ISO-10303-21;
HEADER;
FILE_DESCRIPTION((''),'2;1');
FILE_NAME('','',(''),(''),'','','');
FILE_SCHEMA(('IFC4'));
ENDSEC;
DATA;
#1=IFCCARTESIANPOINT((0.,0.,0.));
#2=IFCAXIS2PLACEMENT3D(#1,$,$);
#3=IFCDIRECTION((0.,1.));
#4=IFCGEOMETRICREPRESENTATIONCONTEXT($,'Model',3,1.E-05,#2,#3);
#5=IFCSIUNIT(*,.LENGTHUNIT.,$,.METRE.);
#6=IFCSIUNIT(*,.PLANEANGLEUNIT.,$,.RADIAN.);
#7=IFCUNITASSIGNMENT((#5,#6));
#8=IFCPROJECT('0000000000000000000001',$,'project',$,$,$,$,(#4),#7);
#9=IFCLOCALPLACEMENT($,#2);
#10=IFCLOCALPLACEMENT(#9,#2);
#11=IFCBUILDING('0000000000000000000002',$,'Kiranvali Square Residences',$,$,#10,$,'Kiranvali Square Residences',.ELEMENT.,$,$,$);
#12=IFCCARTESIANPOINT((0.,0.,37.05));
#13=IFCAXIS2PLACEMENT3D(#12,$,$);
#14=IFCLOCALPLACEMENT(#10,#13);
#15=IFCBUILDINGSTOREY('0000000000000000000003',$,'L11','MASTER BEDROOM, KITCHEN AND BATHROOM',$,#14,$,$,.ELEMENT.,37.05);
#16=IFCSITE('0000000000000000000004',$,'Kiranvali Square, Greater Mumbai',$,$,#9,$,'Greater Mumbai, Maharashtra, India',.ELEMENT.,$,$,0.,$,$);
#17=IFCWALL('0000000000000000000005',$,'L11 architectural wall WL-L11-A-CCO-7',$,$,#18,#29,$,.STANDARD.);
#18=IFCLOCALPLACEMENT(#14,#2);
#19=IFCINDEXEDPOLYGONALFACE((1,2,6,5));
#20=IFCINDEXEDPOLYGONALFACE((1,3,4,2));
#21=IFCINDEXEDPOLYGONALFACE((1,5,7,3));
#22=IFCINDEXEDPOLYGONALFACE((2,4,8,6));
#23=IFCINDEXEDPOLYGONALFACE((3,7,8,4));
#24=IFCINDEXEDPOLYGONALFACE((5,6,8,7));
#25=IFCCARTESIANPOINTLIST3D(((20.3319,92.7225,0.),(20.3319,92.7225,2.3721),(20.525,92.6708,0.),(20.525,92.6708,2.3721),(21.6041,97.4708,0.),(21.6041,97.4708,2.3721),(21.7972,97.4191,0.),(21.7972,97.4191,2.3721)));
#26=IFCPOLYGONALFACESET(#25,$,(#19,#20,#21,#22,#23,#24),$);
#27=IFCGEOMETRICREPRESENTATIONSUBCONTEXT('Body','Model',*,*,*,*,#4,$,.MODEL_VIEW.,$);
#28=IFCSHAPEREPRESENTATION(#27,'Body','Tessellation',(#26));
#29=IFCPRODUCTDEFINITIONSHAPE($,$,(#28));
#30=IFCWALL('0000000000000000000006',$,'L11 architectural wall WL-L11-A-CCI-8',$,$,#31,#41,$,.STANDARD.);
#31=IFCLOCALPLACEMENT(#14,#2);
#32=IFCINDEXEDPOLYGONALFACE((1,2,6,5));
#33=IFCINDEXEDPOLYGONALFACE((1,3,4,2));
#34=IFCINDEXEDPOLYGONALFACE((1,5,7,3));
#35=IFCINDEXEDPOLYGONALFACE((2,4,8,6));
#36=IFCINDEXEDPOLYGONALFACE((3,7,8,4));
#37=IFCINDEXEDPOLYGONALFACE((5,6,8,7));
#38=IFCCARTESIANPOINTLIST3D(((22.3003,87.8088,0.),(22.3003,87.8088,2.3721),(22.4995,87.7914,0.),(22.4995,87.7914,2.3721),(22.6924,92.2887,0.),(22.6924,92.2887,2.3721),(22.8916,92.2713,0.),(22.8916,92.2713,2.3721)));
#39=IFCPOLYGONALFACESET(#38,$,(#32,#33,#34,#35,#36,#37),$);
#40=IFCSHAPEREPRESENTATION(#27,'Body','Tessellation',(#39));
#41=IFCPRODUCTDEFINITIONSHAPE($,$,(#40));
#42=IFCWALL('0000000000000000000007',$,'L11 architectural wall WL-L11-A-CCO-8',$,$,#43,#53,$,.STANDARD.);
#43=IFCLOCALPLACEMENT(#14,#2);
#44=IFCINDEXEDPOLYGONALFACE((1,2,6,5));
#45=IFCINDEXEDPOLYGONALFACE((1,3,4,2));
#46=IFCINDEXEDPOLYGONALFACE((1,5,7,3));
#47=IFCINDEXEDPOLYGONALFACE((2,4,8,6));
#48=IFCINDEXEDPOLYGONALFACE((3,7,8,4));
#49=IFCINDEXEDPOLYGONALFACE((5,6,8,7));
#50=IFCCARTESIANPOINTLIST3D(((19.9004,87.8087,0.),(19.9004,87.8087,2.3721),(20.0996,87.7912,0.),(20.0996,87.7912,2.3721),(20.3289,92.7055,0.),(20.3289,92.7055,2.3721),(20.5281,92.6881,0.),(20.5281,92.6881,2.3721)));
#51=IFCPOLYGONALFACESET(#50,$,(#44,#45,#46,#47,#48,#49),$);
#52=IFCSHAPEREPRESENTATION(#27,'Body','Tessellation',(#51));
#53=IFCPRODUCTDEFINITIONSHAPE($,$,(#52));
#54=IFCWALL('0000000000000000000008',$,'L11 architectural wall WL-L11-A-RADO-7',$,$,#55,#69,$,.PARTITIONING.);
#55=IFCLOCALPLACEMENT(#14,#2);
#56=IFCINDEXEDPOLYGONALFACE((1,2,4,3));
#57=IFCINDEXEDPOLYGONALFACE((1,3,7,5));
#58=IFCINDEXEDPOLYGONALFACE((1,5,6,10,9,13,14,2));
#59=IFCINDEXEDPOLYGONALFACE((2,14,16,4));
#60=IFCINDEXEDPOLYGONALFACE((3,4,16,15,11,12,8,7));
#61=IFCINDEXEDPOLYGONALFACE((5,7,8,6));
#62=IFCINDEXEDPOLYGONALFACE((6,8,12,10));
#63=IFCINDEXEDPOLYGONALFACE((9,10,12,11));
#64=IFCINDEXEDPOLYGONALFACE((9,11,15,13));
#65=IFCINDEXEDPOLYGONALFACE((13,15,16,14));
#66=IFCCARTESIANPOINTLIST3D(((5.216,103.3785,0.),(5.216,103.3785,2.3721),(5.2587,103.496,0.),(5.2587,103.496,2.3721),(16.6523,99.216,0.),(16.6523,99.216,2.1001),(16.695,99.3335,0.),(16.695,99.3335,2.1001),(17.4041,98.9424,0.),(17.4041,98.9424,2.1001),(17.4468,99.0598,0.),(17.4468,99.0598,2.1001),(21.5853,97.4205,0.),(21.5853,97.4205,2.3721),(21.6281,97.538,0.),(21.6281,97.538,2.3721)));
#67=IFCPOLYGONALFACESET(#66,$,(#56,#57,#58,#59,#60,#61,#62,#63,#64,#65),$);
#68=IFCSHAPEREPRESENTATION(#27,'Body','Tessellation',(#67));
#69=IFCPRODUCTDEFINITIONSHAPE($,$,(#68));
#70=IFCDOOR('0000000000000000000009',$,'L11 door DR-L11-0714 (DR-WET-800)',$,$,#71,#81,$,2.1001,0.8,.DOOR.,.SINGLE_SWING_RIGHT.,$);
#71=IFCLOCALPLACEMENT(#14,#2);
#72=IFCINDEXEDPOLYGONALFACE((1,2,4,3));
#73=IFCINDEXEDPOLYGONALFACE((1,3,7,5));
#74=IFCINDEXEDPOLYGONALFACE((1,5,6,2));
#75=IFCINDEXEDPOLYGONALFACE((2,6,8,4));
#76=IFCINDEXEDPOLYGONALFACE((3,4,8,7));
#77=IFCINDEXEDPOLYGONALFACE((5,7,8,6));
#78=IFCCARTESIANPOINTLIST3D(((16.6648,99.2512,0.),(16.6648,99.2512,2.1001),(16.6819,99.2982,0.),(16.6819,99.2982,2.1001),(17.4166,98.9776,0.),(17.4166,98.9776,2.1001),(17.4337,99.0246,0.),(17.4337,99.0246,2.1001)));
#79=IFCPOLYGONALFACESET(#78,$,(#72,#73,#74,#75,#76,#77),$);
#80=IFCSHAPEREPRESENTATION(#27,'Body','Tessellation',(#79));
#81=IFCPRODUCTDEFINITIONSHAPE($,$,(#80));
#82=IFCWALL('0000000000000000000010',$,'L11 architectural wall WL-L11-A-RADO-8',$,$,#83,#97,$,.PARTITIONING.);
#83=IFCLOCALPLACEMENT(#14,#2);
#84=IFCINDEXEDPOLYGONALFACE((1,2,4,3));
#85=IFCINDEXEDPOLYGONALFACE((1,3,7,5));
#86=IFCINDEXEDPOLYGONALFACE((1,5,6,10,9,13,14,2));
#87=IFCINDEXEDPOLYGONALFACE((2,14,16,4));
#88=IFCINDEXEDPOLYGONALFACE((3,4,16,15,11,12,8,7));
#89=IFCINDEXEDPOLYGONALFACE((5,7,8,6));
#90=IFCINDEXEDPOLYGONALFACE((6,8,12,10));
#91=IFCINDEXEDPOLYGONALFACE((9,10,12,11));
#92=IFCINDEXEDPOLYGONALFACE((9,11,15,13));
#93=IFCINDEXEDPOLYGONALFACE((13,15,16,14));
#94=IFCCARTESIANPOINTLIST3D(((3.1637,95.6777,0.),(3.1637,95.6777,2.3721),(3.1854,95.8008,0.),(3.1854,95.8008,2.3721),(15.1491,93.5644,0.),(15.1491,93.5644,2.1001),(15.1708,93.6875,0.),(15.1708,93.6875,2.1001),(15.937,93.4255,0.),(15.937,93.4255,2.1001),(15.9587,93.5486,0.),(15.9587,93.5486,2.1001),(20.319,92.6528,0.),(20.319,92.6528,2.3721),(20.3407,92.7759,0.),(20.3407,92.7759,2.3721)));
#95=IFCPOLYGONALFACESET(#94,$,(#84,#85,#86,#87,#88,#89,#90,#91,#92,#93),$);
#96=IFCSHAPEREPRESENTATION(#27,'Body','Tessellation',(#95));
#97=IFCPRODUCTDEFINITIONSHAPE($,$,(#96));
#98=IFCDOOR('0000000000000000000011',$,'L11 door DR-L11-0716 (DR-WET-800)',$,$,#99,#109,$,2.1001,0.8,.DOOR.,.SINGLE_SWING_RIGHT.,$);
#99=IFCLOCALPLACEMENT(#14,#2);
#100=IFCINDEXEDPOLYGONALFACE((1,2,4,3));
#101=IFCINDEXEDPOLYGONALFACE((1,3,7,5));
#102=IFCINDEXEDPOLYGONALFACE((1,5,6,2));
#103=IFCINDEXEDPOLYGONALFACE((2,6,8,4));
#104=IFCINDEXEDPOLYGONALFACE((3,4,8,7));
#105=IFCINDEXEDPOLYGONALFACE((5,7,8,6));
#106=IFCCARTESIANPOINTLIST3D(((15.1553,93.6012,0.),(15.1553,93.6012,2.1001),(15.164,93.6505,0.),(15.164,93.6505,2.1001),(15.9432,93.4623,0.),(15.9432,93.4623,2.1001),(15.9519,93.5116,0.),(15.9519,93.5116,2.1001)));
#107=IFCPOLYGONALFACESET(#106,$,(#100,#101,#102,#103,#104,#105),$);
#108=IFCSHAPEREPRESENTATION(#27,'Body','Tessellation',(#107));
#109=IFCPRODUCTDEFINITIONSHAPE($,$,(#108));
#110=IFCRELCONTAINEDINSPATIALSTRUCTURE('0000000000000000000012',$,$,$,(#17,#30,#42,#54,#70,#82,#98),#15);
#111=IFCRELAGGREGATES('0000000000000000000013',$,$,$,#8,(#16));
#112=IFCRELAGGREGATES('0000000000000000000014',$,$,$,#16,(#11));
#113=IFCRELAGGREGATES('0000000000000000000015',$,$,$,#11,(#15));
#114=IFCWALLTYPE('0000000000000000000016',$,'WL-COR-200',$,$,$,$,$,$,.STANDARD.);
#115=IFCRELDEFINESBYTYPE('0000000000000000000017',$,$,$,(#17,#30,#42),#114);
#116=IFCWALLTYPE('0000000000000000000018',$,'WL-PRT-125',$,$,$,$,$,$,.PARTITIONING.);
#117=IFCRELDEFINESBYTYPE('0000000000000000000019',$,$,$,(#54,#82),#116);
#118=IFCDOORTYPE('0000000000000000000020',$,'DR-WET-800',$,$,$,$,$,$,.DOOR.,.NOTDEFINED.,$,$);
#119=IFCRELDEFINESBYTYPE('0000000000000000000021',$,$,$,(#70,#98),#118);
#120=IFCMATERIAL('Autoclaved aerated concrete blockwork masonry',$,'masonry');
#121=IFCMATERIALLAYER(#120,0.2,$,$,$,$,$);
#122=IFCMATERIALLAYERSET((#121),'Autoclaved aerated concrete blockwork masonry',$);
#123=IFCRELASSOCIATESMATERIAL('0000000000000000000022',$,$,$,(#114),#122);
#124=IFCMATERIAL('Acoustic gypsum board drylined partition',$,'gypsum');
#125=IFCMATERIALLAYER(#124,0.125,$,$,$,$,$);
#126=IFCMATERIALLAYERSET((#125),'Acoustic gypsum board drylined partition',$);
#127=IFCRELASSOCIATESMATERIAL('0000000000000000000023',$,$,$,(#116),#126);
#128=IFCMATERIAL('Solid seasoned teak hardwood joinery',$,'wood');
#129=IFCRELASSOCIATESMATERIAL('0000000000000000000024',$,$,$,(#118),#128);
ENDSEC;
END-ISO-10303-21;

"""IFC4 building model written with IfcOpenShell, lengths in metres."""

from ifc_helpers import new_model, si_unit, direction, frame, frame_2d, origin, place, context, subcontext, project, spatial, rectangle, extrude, material, layer, layer_set, type_object, element, fill, save


model = new_model("IFC4")

# Units and contexts
model_context = context("Model", 3, precision=1e-05, world=origin(), true_north=direction((0.0, 1.0)))
body_context = subcontext(model_context, "Body", "Model", "MODEL_VIEW")
ifc_project = project(units=[si_unit("LENGTHUNIT", "METRE"), si_unit("PLANEANGLEUNIT", "RADIAN")], contexts=[model_context])

# Site, building, storey
site_placement = place(None, origin())
site = spatial("IfcSite", under=ifc_project, at=site_placement, Name="Kiranvali Square, Greater Mumbai", LongName="Greater Mumbai, Maharashtra, India", CompositionType="ELEMENT", RefElevation=0.0)
building_placement = place(site_placement, origin())
building = spatial("IfcBuilding", under=site, at=building_placement, Name="Kiranvali Square Residences", LongName="Kiranvali Square Residences", CompositionType="ELEMENT")
storey_placement = place(building_placement, frame((0.0, 0.0, 37.05)))
storey = spatial("IfcBuildingStorey", under=building, at=storey_placement, Name="L11", Description="MASTER BEDROOM, KITCHEN AND BATHROOM", CompositionType="ELEMENT", Elevation=37.05)

# Walls
ifc_material_1 = material(Name="Autoclaved aerated concrete blockwork masonry", Category="masonry")
ifc_layer_1 = layer(ifc_material_1, 0.2)
ifc_layer_set_1 = layer_set([ifc_layer_1], Name="Autoclaved aerated concrete blockwork masonry")
wall_type_1 = type_object("IfcWallType", Name="WL-COR-200", PredefinedType="STANDARD", material=ifc_layer_set_1)
wall_1_placement = place(storey_placement, frame((21.7007, 97.4451, 0.0), z_axis=(0.0, 0.0, 1.0), x_axis=(-0.258803, -0.96593, 0.0)))
element("IfcWall", 1, at=wall_1_placement, inside=storey, type_object=wall_type_1, Name="L11 architectural wall WL-L11-A-CCO-7", PredefinedType="STANDARD", context=body_context, shape_type="SweptSolid", body=[
    extrude(rectangle(XDim=4.9158, YDim=0.2, at=frame_2d((2.458, 0.0))), origin(), (0.0, 0.0, 1.0), 2.3721),
])
wall_2_placement = place(storey_placement, frame((22.792, 92.28, 0.0), z_axis=(0.0, 0.0, 1.0), x_axis=(-0.087187, -0.996192, 0.0)))
element("IfcWall", 2, at=wall_2_placement, inside=storey, type_object=wall_type_1, Name="L11 architectural wall WL-L11-A-CCI-8", PredefinedType="STANDARD", context=body_context, shape_type="SweptSolid", body=[
    extrude(rectangle(XDim=4.4971, YDim=0.2, at=frame_2d((2.2485, 0.0))), origin(), (0.0, 0.0, 1.0), 2.3721),
])
wall_3_placement = place(storey_placement, frame((20.4285, 92.6968, 0.0), z_axis=(0.0, 0.0, 1.0), x_axis=(-0.087168, -0.996194, 0.0)))
element("IfcWall", 3, at=wall_3_placement, inside=storey, type_object=wall_type_1, Name="L11 architectural wall WL-L11-A-CCO-8", PredefinedType="STANDARD", context=body_context, shape_type="SweptSolid", body=[
    extrude(rectangle(XDim=4.9155, YDim=0.2, at=frame_2d((2.4578, 0.0))), origin(), (0.0, 0.0, 1.0), 2.3721),
])

# Walls, openings, doors
ifc_material_2 = material(Name="Acoustic gypsum board drylined partition", Category="gypsum")
ifc_layer_2 = layer(ifc_material_2, 0.125)
ifc_layer_set_2 = layer_set([ifc_layer_2], Name="Acoustic gypsum board drylined partition")
wall_type_2 = type_object("IfcWallType", Name="WL-PRT-125", PredefinedType="PARTITIONING", material=ifc_layer_set_2)
wall_4_placement = place(storey_placement, frame((21.6067, 97.4792, 0.0), z_axis=(0.0, 0.0, 1.0), x_axis=(-0.939692, 0.342022, 0.0)))
wall_4 = element("IfcWall", 4, at=wall_4_placement, inside=storey, type_object=wall_type_2, Name="L11 architectural wall WL-L11-A-RADO-7", PredefinedType="PARTITIONING", context=body_context, shape_type="SweptSolid", body=[
    extrude(rectangle(XDim=17.4199, YDim=0.125, at=frame_2d((8.71, 0.0))), origin(), (0.0, 0.0, 1.0), 2.3721),
])
opening_1_placement = place(wall_4_placement, frame((4.4497, 0.0, 0.0)))
opening_1 = element("IfcOpeningElement", 5, at=opening_1_placement, cuts=wall_4, PredefinedType="OPENING", context=body_context, shape_type="SweptSolid", body=[
    extrude(rectangle(XDim=0.8, YDim=2.1001, at=frame_2d((0.3999, 1.05))), frame((0.0, 0.0725, 0.0), z_axis=(0.0, -1.0, 0.0), x_axis=(1.0, 0.0, 0.0)), (0.0, 0.0, 1.0), 0.145),
])
ifc_material_3 = material(Name="Solid seasoned teak hardwood joinery", Category="wood")
door_type = type_object("IfcDoorType", Name="DR-WET-800", OperationType="NOTDEFINED", PredefinedType="DOOR", material=ifc_material_3)
door_1_placement = place(opening_1_placement, frame((0.8, 0.0, 0.0), z_axis=(0.0, 0.0, 1.0), x_axis=(-1.0, 0.0, 0.0)))
door_1 = element("IfcDoor", 6, at=door_1_placement, inside=storey, type_object=door_type, Name="L11 door DR-L11-0714 (DR-WET-800)", OperationType="SINGLE_SWING_RIGHT", OverallHeight=2.1001, OverallWidth=0.8, PredefinedType="DOOR", context=body_context, shape_type="SweptSolid", body=[
    extrude(rectangle(XDim=0.8, YDim=2.1001, at=frame_2d((0.3999, 1.05))), frame((0.0, 0.0249, 0.0), z_axis=(0.0, -1.0, 0.0), x_axis=(1.0, 0.0, 0.0)), (0.0, 0.0, 1.0), 0.05),
])
fill(opening_1, door_1)
wall_5_placement = place(storey_placement, frame((20.3298, 92.7144, 0.0), z_axis=(0.0, 0.0, 1.0), x_axis=(-0.984808, 0.173646, 0.0)))
wall_5 = element("IfcWall", 7, at=wall_5_placement, inside=storey, type_object=wall_type_2, Name="L11 architectural wall WL-L11-A-RADO-8", PredefinedType="PARTITIONING", context=body_context, shape_type="SweptSolid", body=[
    extrude(rectangle(XDim=17.4199, YDim=0.125, at=frame_2d((8.71, 0.0))), origin(), (0.0, 0.0, 1.0), 2.3721),
])
opening_2_placement = place(wall_5_placement, frame((4.4497, 0.0, 0.0)))
opening_2 = element("IfcOpeningElement", 8, at=opening_2_placement, cuts=wall_5, PredefinedType="OPENING", context=body_context, shape_type="SweptSolid", body=[
    extrude(rectangle(XDim=0.8, YDim=2.1001, at=frame_2d((0.3999, 1.05))), frame((0.0, 0.0725, 0.0), z_axis=(0.0, -1.0, 0.0), x_axis=(1.0, 0.0, 0.0)), (0.0, 0.0, 1.0), 0.145),
])
door_2_placement = place(opening_2_placement, frame((0.8, 0.0, 0.0), z_axis=(0.0, 0.0, 1.0), x_axis=(-1.0, 0.0, 0.0)))
door_2 = element("IfcDoor", 9, at=door_2_placement, inside=storey, type_object=door_type, Name="L11 door DR-L11-0716 (DR-WET-800)", OperationType="SINGLE_SWING_RIGHT", OverallHeight=2.1001, OverallWidth=0.8, PredefinedType="DOOR", context=body_context, shape_type="SweptSolid", body=[
    extrude(rectangle(XDim=0.8, YDim=2.1001, at=frame_2d((0.3999, 1.05))), frame((0.0, 0.0249, 0.0), z_axis=(0.0, -1.0, 0.0), x_axis=(1.0, 0.0, 0.0)), (0.0, 0.0, 1.0), 0.05),
])
fill(opening_2, door_2)

save(model, "model.ifc")
